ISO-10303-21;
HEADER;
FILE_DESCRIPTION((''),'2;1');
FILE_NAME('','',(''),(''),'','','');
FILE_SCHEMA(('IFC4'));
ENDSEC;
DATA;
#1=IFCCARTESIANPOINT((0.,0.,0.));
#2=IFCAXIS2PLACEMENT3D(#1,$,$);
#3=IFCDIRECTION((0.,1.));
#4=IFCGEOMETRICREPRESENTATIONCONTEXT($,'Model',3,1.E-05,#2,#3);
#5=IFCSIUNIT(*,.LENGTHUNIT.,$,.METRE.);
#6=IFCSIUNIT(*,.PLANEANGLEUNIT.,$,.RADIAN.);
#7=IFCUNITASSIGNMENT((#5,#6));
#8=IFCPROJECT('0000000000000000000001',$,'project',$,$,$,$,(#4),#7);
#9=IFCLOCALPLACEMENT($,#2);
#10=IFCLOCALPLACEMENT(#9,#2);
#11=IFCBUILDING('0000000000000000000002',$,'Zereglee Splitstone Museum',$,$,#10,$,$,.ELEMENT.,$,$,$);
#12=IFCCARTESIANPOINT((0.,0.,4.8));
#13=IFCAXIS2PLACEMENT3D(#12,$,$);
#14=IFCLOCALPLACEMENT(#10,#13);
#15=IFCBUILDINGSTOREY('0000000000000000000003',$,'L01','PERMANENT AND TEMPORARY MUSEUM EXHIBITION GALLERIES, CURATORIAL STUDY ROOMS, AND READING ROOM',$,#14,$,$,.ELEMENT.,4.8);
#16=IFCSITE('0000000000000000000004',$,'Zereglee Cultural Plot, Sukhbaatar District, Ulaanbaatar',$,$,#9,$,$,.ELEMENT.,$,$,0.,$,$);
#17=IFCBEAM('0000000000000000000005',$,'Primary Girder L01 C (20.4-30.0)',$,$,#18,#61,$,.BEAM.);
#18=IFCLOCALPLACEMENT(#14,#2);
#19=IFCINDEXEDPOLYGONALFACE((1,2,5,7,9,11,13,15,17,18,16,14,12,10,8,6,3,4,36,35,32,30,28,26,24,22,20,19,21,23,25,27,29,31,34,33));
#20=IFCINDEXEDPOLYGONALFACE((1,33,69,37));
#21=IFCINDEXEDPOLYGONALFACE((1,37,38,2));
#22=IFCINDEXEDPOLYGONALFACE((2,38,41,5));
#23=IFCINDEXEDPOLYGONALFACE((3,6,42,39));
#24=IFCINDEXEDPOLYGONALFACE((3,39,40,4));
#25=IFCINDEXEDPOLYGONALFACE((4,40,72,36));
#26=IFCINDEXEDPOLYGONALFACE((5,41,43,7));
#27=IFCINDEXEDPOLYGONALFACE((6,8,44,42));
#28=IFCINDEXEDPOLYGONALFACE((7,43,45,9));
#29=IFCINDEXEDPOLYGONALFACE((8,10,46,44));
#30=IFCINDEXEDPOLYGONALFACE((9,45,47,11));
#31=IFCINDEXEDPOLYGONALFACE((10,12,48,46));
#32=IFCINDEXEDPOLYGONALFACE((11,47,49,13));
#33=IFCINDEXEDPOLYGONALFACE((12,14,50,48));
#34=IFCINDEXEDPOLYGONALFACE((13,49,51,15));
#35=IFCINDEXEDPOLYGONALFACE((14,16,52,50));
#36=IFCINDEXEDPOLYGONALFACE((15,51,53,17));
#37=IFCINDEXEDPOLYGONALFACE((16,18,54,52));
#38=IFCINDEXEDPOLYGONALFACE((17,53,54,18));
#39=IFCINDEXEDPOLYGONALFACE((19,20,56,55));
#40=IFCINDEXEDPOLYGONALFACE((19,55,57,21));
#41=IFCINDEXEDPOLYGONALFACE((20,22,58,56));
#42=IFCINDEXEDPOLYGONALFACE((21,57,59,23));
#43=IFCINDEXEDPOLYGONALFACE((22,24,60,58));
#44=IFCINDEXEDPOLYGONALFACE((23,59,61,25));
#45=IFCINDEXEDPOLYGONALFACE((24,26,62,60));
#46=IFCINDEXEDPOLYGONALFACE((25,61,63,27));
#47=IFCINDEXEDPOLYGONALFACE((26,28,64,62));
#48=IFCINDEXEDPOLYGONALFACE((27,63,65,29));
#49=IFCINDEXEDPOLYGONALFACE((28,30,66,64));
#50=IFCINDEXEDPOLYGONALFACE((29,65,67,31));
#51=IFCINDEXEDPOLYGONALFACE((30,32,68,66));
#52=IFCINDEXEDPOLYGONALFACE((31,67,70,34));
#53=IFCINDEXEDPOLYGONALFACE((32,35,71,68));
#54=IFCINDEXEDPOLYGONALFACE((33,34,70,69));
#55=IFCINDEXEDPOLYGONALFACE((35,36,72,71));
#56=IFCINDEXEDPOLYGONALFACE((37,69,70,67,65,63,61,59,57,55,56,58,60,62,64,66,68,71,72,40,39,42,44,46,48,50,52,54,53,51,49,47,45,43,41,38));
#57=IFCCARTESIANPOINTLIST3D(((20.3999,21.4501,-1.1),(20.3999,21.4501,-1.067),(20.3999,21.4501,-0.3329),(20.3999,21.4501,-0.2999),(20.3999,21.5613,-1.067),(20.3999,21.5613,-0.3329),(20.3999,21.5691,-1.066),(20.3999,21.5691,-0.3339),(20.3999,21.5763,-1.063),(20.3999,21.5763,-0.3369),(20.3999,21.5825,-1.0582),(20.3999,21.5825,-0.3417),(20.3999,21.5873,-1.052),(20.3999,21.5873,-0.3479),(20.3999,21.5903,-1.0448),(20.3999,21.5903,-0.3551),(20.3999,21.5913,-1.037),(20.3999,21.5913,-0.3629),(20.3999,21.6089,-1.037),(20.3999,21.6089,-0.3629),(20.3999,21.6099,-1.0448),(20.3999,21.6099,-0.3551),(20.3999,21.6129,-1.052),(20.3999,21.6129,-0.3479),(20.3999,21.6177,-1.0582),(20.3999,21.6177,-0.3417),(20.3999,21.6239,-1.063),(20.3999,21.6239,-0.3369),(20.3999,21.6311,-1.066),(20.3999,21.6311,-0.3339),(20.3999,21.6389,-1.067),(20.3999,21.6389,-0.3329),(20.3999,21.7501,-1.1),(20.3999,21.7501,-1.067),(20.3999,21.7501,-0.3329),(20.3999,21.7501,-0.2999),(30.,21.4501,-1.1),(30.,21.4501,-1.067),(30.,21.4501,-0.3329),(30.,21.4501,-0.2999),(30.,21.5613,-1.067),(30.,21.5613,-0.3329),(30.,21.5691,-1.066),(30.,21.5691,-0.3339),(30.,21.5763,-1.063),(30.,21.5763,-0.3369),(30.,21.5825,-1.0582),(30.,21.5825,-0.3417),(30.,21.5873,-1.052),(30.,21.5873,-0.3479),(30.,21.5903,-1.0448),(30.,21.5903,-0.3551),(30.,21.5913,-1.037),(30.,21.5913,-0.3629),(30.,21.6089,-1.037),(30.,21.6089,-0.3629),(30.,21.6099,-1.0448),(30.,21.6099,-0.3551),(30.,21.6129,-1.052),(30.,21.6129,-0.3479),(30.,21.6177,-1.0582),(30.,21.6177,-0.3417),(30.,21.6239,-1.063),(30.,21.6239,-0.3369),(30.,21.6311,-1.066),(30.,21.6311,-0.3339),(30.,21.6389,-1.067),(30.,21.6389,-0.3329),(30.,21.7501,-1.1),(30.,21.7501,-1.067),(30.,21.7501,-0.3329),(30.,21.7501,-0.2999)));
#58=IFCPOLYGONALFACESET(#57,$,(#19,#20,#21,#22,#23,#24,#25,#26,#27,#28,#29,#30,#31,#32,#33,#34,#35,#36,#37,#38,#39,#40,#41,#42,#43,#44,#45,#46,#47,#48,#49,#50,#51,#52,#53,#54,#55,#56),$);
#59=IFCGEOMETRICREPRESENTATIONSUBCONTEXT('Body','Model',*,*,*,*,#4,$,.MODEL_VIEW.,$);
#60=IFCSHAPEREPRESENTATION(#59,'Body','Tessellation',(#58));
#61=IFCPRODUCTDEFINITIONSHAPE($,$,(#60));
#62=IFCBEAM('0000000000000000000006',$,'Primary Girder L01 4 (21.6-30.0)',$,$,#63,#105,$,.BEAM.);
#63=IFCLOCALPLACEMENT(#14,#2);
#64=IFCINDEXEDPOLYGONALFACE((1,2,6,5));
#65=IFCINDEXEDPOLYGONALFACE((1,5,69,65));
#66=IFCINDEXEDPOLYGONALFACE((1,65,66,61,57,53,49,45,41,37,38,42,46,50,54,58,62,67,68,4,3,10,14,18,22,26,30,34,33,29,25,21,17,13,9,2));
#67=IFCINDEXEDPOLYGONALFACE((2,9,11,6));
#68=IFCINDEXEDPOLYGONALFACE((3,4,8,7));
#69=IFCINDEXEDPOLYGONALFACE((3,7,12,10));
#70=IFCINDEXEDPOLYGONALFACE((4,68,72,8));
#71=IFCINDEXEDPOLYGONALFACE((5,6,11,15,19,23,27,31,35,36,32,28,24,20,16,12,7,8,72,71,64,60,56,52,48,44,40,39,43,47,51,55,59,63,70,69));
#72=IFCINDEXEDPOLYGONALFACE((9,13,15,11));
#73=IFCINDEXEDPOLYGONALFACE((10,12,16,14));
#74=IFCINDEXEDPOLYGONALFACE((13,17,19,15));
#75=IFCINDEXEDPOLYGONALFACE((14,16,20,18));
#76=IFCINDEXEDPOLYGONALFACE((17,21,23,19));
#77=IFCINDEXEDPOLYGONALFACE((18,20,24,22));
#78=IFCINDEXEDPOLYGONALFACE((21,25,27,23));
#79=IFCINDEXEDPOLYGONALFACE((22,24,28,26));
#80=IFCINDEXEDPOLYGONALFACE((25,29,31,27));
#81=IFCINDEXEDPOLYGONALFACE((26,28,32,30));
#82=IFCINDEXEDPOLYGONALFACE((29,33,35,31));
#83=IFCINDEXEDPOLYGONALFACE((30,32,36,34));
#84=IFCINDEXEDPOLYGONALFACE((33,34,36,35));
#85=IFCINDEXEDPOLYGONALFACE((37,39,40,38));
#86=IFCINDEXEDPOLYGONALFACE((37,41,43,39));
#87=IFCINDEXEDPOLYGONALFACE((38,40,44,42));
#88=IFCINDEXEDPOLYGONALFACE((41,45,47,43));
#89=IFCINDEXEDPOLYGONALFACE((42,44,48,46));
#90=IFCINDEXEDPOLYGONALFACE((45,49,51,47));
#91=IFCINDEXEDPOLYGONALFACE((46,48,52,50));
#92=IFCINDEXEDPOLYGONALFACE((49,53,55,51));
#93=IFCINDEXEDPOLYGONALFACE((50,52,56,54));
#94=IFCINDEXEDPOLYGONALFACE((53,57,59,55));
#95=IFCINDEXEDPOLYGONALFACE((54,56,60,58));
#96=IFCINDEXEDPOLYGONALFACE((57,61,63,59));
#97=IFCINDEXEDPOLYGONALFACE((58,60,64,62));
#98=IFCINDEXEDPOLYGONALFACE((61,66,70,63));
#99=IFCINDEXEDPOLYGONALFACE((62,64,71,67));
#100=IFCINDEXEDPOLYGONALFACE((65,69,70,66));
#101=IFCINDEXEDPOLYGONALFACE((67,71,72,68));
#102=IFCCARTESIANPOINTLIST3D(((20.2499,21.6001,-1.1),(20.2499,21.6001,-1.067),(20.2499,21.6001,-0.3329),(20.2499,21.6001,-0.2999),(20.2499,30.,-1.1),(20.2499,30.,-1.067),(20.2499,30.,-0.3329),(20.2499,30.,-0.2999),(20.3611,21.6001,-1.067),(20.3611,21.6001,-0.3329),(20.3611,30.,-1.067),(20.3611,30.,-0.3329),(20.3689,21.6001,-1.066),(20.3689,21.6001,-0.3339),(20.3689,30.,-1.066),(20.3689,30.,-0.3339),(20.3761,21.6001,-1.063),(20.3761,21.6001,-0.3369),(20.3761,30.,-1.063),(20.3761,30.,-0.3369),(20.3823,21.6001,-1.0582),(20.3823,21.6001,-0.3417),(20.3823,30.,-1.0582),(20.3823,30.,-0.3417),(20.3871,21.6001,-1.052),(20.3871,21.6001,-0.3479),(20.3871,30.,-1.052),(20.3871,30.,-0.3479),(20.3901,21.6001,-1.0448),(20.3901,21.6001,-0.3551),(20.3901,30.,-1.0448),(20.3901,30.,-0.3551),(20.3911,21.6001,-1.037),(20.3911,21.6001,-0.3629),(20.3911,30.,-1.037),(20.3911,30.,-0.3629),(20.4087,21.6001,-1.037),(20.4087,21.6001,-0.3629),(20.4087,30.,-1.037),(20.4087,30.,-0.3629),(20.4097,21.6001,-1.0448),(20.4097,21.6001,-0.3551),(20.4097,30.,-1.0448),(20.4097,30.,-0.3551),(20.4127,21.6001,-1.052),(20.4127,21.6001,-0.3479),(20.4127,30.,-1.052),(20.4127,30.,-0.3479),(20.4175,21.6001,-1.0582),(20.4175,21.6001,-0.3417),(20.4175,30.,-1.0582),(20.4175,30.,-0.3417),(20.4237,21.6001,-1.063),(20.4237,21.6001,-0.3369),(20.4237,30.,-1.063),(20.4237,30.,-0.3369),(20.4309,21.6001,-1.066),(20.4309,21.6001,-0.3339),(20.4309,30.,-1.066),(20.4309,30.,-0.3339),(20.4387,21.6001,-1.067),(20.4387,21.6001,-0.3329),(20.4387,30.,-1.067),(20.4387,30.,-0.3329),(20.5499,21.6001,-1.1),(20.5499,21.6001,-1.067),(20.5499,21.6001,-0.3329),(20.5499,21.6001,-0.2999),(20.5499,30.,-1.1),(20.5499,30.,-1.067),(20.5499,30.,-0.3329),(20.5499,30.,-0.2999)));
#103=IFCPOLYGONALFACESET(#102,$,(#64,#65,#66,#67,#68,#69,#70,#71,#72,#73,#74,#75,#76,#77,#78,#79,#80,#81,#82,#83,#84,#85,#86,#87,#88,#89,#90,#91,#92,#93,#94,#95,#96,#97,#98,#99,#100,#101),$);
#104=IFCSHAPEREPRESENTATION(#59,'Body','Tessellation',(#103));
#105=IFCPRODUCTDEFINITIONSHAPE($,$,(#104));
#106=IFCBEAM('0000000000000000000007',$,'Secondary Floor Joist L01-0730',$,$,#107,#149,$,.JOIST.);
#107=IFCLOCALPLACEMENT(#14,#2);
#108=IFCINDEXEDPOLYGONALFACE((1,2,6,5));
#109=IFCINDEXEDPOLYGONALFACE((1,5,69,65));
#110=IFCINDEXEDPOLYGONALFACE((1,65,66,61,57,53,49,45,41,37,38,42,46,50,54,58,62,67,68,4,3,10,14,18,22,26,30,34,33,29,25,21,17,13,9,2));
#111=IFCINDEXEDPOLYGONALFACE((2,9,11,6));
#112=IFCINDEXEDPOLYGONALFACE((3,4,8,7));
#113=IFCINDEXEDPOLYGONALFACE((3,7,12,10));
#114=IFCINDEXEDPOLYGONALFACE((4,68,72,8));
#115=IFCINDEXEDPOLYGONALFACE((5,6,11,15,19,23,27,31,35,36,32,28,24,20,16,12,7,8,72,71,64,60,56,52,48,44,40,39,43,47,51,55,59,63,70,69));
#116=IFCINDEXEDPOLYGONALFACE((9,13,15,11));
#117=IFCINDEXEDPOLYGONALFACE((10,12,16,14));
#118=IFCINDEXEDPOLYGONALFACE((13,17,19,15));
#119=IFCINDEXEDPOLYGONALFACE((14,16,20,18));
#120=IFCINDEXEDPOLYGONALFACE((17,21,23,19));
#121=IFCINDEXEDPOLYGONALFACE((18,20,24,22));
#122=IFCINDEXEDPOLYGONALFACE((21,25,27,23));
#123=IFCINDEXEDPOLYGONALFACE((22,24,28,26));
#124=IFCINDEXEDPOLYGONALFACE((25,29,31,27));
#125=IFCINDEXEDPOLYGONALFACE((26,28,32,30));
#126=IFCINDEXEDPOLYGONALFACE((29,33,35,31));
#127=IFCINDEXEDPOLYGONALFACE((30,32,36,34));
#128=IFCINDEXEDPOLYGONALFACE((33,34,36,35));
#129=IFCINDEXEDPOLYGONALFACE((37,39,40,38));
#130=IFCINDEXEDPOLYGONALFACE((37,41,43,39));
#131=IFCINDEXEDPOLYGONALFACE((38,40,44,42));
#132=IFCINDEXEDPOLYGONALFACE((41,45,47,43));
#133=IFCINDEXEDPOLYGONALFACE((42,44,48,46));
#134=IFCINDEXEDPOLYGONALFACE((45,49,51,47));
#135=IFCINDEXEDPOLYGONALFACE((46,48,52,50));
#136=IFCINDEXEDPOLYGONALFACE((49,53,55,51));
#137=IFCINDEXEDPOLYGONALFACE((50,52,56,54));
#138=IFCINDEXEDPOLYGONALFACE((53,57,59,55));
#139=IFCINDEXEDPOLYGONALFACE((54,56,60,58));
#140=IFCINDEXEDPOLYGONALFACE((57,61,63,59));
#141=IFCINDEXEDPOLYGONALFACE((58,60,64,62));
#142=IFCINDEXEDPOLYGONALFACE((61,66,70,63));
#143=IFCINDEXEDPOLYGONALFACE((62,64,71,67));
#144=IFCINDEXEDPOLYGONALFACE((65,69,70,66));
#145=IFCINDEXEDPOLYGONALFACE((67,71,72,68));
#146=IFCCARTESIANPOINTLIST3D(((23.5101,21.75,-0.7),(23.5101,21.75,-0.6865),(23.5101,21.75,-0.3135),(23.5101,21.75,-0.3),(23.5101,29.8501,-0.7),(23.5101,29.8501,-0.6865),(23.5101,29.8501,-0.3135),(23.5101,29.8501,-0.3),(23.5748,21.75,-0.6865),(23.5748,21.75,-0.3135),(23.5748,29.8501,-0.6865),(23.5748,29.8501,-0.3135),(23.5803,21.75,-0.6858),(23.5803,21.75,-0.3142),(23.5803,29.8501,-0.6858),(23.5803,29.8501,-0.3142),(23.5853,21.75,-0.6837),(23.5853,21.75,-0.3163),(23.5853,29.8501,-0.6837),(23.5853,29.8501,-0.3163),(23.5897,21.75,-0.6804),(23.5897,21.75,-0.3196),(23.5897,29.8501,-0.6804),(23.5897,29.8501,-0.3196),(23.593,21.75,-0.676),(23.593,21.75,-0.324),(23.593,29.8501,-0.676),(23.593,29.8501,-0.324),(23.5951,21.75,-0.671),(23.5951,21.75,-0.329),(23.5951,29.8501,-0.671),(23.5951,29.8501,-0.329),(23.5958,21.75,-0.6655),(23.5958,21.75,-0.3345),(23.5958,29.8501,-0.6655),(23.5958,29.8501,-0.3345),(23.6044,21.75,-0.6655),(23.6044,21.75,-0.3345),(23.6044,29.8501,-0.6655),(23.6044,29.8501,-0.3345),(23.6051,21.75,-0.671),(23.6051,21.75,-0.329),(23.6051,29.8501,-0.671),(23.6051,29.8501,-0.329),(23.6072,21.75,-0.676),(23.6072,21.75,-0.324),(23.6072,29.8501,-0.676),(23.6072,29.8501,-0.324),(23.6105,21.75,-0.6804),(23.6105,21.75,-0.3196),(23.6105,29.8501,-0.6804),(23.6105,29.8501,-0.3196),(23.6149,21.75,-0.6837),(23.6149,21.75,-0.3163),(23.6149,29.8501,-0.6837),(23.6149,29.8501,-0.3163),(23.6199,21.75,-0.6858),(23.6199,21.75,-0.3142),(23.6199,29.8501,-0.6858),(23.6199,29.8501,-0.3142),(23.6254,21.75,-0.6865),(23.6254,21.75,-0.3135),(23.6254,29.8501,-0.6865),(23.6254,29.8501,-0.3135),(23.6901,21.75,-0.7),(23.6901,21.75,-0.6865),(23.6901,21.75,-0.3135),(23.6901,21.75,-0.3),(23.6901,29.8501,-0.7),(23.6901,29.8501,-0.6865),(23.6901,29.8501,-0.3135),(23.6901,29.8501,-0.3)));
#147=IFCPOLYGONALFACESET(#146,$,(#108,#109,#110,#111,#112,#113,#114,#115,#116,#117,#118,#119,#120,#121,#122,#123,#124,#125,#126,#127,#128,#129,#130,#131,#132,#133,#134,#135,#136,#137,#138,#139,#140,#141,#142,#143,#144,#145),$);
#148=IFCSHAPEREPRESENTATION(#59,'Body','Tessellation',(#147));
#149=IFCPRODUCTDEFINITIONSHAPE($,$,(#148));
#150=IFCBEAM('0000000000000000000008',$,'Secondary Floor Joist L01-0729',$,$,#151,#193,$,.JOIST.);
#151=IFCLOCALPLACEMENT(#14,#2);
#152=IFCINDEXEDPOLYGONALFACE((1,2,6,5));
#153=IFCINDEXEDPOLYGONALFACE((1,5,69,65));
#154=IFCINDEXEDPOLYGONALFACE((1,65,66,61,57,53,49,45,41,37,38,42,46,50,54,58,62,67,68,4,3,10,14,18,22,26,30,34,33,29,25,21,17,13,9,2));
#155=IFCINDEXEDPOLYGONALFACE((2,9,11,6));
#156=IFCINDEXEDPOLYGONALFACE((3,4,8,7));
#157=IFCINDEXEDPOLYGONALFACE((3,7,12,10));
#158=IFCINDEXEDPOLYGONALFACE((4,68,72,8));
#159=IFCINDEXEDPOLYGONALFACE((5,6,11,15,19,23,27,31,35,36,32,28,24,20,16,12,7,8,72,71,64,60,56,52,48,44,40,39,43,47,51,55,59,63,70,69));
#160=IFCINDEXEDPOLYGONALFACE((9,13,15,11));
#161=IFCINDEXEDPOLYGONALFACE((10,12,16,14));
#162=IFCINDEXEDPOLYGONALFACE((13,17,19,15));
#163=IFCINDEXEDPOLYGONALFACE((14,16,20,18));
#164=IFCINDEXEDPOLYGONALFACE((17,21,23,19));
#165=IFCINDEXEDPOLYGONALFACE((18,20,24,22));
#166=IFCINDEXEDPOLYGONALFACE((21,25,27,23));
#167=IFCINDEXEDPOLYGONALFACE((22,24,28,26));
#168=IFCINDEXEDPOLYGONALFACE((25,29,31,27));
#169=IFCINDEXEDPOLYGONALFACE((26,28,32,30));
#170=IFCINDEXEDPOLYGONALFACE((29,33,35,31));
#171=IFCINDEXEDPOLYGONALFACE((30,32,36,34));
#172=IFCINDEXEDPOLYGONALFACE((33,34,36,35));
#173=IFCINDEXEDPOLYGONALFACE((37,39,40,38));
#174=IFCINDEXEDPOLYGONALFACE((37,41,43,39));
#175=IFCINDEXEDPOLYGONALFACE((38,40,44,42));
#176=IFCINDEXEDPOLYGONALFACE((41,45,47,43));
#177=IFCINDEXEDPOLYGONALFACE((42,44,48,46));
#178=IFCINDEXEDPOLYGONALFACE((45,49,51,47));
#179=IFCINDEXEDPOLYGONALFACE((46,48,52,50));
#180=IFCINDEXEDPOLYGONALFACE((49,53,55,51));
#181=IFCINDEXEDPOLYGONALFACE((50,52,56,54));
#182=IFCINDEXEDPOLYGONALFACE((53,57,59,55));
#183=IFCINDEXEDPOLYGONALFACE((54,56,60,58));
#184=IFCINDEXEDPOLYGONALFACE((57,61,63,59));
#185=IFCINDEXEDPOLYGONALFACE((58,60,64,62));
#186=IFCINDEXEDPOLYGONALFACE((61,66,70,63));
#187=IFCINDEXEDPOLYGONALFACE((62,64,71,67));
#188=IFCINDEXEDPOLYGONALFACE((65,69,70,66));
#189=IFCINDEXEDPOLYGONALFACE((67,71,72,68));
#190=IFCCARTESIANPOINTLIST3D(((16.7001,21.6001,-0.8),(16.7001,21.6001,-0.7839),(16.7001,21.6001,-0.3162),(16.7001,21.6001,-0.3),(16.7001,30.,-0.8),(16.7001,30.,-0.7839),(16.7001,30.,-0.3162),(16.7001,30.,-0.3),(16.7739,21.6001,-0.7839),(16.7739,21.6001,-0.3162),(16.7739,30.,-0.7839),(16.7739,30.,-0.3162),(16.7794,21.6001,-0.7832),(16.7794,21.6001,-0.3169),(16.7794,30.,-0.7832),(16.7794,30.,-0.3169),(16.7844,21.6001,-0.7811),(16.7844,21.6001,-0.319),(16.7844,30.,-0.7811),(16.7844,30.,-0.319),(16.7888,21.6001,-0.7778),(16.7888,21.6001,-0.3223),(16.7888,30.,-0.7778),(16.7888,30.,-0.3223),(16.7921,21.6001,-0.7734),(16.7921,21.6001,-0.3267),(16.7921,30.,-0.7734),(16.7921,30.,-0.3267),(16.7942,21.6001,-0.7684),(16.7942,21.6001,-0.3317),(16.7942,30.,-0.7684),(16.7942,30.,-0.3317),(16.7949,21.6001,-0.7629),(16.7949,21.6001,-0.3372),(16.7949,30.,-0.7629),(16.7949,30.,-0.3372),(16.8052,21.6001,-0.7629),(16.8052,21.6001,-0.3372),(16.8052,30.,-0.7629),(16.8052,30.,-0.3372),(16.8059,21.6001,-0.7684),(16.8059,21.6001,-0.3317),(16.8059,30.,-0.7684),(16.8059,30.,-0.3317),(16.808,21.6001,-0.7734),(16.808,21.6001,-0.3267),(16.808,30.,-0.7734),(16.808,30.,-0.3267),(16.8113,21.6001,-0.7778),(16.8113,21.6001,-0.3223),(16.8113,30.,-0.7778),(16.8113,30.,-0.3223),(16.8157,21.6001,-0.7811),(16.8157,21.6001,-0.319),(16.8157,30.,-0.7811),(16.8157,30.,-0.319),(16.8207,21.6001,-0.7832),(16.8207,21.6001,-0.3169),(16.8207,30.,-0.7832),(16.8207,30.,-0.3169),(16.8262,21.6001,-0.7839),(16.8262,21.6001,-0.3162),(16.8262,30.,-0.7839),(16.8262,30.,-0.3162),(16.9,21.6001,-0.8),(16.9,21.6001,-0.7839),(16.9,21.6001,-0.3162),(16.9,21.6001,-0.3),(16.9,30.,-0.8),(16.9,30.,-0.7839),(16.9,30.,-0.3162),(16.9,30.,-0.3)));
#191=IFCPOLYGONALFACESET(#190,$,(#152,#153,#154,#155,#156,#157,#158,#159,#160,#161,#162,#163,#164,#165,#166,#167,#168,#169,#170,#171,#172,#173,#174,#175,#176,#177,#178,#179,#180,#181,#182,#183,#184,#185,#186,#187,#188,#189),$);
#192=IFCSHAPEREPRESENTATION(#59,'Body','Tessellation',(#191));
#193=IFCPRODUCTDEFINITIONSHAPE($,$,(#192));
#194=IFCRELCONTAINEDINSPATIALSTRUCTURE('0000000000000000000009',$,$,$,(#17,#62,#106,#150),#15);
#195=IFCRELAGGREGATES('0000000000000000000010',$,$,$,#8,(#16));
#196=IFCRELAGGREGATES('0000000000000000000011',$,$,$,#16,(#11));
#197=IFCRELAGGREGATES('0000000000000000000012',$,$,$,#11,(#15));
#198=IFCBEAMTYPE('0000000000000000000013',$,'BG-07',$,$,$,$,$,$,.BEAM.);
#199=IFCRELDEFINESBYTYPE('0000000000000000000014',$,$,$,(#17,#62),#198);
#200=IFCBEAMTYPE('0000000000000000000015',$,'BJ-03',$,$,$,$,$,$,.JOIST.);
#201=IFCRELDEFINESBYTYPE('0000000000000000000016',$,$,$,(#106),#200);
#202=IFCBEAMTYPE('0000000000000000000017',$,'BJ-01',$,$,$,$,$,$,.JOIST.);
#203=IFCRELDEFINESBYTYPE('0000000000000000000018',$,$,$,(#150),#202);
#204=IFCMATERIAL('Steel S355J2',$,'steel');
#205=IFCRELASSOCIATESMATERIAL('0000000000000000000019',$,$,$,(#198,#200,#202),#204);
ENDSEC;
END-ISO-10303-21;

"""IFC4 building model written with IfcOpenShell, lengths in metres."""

from ifc_helpers import new_model, si_unit, direction, frame, origin, origin_2d, place, context, subcontext, project, spatial, i_section, extrude, material, material_profile, profile_set, type_object, element, save


model = new_model("IFC4")

# Units and contexts
model_context = context("Model", 3, precision=1e-05, world=origin(), true_north=direction((0.0, 1.0)))
body_context = subcontext(model_context, "Body", "Model", "MODEL_VIEW")
ifc_project = project(units=[si_unit("LENGTHUNIT", "METRE"), si_unit("PLANEANGLEUNIT", "RADIAN")], contexts=[model_context])

# Site, building, storey
site_placement = place(None, origin())
site = spatial("IfcSite", under=ifc_project, at=site_placement, Name="Zereglee Cultural Plot, Sukhbaatar District, Ulaanbaatar", CompositionType="ELEMENT", RefElevation=0.0)
building_placement = place(site_placement, origin())
building = spatial("IfcBuilding", under=site, at=building_placement, Name="Zereglee Splitstone Museum", CompositionType="ELEMENT")
storey_placement = place(building_placement, frame((0.0, 0.0, 4.8)))
storey = spatial("IfcBuildingStorey", under=building, at=storey_placement, Name="L01", Description="PERMANENT AND TEMPORARY MUSEUM EXHIBITION GALLERIES, CURATORIAL STUDY ROOMS, AND READING ROOM", CompositionType="ELEMENT", Elevation=4.8)

# Beams
ifc_material_1 = material(Name="Steel S355J2", Category="steel")
ifc_material_profile_1 = material_profile(ifc_material_1, i_section(OverallWidth=0.3, OverallDepth=0.8, WebThickness=0.0176, FlangeThickness=0.033, FilletRadius=0.03, at=origin_2d()), Name="HE 800 B")
ifc_profile_set_1 = profile_set([ifc_material_profile_1], Name="Steel S355J2")
beam_type_1 = type_object("IfcBeamType", Name="BG-07", PredefinedType="BEAM", material=ifc_profile_set_1)
beam_1_placement = place(storey_placement, frame((20.3999, 21.6001, -0.7), z_axis=(1.0, 0.0, 0.0), x_axis=(0.0, 1.0, 0.0)))
element("IfcBeam", 1, at=beam_1_placement, inside=storey, type_object=beam_type_1, Name="Primary Girder L01 C (20.4-30.0)", PredefinedType="BEAM", context=body_context, shape_type="SweptSolid", body=[
    extrude(i_section(OverallWidth=0.3, OverallDepth=0.8, WebThickness=0.0176, FlangeThickness=0.033, FilletRadius=0.03, at=origin_2d()), origin(), (0.0, 0.0, 1.0), 9.6001),
])
beam_2_placement = place(storey_placement, frame((20.3999, 21.6001, -0.7), z_axis=(0.0, 1.0, 0.0), x_axis=(-1.0, 0.0, 0.0)))
element("IfcBeam", 2, at=beam_2_placement, inside=storey, type_object=beam_type_1, Name="Primary Girder L01 4 (21.6-30.0)", PredefinedType="BEAM", context=body_context, shape_type="SweptSolid", body=[
    extrude(i_section(OverallWidth=0.3, OverallDepth=0.8, WebThickness=0.0176, FlangeThickness=0.033, FilletRadius=0.03, at=origin_2d()), origin(), (0.0, 0.0, 1.0), 8.3999),
])
ifc_material_profile_2 = material_profile(ifc_material_1, i_section(OverallWidth=0.1799, OverallDepth=0.3999, WebThickness=0.0085, FlangeThickness=0.0134, FilletRadius=0.021, at=origin_2d()), Name="IPE 400")
ifc_profile_set_2 = profile_set([ifc_material_profile_2], Name="Steel S355J2")
beam_type_2 = type_object("IfcBeamType", Name="BJ-03", PredefinedType="JOIST", material=ifc_profile_set_2)
beam_3_placement = place(storey_placement, frame((23.6001, 21.75, -0.5), z_axis=(0.0, 1.0, 0.0), x_axis=(-1.0, 0.0, 0.0)))
element("IfcBeam", 3, at=beam_3_placement, inside=storey, type_object=beam_type_2, Name="Secondary Floor Joist L01-0730", PredefinedType="JOIST", context=body_context, shape_type="SweptSolid", body=[
    extrude(i_section(OverallWidth=0.1799, OverallDepth=0.3999, WebThickness=0.0085, FlangeThickness=0.0134, FilletRadius=0.021, at=origin_2d()), origin(), (0.0, 0.0, 1.0), 8.1001),
])
ifc_material_profile_3 = material_profile(ifc_material_1, i_section(OverallWidth=0.2, OverallDepth=0.5, WebThickness=0.0103, FlangeThickness=0.0161, FilletRadius=0.021, at=origin_2d()), Name="IPE 500")
ifc_profile_set_3 = profile_set([ifc_material_profile_3], Name="Steel S355J2")
beam_type_3 = type_object("IfcBeamType", Name="BJ-01", PredefinedType="JOIST", material=ifc_profile_set_3)
beam_4_placement = place(storey_placement, frame((16.8, 21.6001, -0.55), z_axis=(0.0, 1.0, 0.0), x_axis=(-1.0, 0.0, 0.0)))
element("IfcBeam", 4, at=beam_4_placement, inside=storey, type_object=beam_type_3, Name="Secondary Floor Joist L01-0729", PredefinedType="JOIST", context=body_context, shape_type="SweptSolid", body=[
    extrude(i_section(OverallWidth=0.2, OverallDepth=0.5, WebThickness=0.0103, FlangeThickness=0.0161, FilletRadius=0.021, at=origin_2d()), origin(), (0.0, 0.0, 1.0), 8.3999),
])

save(model, "model.ifc")
